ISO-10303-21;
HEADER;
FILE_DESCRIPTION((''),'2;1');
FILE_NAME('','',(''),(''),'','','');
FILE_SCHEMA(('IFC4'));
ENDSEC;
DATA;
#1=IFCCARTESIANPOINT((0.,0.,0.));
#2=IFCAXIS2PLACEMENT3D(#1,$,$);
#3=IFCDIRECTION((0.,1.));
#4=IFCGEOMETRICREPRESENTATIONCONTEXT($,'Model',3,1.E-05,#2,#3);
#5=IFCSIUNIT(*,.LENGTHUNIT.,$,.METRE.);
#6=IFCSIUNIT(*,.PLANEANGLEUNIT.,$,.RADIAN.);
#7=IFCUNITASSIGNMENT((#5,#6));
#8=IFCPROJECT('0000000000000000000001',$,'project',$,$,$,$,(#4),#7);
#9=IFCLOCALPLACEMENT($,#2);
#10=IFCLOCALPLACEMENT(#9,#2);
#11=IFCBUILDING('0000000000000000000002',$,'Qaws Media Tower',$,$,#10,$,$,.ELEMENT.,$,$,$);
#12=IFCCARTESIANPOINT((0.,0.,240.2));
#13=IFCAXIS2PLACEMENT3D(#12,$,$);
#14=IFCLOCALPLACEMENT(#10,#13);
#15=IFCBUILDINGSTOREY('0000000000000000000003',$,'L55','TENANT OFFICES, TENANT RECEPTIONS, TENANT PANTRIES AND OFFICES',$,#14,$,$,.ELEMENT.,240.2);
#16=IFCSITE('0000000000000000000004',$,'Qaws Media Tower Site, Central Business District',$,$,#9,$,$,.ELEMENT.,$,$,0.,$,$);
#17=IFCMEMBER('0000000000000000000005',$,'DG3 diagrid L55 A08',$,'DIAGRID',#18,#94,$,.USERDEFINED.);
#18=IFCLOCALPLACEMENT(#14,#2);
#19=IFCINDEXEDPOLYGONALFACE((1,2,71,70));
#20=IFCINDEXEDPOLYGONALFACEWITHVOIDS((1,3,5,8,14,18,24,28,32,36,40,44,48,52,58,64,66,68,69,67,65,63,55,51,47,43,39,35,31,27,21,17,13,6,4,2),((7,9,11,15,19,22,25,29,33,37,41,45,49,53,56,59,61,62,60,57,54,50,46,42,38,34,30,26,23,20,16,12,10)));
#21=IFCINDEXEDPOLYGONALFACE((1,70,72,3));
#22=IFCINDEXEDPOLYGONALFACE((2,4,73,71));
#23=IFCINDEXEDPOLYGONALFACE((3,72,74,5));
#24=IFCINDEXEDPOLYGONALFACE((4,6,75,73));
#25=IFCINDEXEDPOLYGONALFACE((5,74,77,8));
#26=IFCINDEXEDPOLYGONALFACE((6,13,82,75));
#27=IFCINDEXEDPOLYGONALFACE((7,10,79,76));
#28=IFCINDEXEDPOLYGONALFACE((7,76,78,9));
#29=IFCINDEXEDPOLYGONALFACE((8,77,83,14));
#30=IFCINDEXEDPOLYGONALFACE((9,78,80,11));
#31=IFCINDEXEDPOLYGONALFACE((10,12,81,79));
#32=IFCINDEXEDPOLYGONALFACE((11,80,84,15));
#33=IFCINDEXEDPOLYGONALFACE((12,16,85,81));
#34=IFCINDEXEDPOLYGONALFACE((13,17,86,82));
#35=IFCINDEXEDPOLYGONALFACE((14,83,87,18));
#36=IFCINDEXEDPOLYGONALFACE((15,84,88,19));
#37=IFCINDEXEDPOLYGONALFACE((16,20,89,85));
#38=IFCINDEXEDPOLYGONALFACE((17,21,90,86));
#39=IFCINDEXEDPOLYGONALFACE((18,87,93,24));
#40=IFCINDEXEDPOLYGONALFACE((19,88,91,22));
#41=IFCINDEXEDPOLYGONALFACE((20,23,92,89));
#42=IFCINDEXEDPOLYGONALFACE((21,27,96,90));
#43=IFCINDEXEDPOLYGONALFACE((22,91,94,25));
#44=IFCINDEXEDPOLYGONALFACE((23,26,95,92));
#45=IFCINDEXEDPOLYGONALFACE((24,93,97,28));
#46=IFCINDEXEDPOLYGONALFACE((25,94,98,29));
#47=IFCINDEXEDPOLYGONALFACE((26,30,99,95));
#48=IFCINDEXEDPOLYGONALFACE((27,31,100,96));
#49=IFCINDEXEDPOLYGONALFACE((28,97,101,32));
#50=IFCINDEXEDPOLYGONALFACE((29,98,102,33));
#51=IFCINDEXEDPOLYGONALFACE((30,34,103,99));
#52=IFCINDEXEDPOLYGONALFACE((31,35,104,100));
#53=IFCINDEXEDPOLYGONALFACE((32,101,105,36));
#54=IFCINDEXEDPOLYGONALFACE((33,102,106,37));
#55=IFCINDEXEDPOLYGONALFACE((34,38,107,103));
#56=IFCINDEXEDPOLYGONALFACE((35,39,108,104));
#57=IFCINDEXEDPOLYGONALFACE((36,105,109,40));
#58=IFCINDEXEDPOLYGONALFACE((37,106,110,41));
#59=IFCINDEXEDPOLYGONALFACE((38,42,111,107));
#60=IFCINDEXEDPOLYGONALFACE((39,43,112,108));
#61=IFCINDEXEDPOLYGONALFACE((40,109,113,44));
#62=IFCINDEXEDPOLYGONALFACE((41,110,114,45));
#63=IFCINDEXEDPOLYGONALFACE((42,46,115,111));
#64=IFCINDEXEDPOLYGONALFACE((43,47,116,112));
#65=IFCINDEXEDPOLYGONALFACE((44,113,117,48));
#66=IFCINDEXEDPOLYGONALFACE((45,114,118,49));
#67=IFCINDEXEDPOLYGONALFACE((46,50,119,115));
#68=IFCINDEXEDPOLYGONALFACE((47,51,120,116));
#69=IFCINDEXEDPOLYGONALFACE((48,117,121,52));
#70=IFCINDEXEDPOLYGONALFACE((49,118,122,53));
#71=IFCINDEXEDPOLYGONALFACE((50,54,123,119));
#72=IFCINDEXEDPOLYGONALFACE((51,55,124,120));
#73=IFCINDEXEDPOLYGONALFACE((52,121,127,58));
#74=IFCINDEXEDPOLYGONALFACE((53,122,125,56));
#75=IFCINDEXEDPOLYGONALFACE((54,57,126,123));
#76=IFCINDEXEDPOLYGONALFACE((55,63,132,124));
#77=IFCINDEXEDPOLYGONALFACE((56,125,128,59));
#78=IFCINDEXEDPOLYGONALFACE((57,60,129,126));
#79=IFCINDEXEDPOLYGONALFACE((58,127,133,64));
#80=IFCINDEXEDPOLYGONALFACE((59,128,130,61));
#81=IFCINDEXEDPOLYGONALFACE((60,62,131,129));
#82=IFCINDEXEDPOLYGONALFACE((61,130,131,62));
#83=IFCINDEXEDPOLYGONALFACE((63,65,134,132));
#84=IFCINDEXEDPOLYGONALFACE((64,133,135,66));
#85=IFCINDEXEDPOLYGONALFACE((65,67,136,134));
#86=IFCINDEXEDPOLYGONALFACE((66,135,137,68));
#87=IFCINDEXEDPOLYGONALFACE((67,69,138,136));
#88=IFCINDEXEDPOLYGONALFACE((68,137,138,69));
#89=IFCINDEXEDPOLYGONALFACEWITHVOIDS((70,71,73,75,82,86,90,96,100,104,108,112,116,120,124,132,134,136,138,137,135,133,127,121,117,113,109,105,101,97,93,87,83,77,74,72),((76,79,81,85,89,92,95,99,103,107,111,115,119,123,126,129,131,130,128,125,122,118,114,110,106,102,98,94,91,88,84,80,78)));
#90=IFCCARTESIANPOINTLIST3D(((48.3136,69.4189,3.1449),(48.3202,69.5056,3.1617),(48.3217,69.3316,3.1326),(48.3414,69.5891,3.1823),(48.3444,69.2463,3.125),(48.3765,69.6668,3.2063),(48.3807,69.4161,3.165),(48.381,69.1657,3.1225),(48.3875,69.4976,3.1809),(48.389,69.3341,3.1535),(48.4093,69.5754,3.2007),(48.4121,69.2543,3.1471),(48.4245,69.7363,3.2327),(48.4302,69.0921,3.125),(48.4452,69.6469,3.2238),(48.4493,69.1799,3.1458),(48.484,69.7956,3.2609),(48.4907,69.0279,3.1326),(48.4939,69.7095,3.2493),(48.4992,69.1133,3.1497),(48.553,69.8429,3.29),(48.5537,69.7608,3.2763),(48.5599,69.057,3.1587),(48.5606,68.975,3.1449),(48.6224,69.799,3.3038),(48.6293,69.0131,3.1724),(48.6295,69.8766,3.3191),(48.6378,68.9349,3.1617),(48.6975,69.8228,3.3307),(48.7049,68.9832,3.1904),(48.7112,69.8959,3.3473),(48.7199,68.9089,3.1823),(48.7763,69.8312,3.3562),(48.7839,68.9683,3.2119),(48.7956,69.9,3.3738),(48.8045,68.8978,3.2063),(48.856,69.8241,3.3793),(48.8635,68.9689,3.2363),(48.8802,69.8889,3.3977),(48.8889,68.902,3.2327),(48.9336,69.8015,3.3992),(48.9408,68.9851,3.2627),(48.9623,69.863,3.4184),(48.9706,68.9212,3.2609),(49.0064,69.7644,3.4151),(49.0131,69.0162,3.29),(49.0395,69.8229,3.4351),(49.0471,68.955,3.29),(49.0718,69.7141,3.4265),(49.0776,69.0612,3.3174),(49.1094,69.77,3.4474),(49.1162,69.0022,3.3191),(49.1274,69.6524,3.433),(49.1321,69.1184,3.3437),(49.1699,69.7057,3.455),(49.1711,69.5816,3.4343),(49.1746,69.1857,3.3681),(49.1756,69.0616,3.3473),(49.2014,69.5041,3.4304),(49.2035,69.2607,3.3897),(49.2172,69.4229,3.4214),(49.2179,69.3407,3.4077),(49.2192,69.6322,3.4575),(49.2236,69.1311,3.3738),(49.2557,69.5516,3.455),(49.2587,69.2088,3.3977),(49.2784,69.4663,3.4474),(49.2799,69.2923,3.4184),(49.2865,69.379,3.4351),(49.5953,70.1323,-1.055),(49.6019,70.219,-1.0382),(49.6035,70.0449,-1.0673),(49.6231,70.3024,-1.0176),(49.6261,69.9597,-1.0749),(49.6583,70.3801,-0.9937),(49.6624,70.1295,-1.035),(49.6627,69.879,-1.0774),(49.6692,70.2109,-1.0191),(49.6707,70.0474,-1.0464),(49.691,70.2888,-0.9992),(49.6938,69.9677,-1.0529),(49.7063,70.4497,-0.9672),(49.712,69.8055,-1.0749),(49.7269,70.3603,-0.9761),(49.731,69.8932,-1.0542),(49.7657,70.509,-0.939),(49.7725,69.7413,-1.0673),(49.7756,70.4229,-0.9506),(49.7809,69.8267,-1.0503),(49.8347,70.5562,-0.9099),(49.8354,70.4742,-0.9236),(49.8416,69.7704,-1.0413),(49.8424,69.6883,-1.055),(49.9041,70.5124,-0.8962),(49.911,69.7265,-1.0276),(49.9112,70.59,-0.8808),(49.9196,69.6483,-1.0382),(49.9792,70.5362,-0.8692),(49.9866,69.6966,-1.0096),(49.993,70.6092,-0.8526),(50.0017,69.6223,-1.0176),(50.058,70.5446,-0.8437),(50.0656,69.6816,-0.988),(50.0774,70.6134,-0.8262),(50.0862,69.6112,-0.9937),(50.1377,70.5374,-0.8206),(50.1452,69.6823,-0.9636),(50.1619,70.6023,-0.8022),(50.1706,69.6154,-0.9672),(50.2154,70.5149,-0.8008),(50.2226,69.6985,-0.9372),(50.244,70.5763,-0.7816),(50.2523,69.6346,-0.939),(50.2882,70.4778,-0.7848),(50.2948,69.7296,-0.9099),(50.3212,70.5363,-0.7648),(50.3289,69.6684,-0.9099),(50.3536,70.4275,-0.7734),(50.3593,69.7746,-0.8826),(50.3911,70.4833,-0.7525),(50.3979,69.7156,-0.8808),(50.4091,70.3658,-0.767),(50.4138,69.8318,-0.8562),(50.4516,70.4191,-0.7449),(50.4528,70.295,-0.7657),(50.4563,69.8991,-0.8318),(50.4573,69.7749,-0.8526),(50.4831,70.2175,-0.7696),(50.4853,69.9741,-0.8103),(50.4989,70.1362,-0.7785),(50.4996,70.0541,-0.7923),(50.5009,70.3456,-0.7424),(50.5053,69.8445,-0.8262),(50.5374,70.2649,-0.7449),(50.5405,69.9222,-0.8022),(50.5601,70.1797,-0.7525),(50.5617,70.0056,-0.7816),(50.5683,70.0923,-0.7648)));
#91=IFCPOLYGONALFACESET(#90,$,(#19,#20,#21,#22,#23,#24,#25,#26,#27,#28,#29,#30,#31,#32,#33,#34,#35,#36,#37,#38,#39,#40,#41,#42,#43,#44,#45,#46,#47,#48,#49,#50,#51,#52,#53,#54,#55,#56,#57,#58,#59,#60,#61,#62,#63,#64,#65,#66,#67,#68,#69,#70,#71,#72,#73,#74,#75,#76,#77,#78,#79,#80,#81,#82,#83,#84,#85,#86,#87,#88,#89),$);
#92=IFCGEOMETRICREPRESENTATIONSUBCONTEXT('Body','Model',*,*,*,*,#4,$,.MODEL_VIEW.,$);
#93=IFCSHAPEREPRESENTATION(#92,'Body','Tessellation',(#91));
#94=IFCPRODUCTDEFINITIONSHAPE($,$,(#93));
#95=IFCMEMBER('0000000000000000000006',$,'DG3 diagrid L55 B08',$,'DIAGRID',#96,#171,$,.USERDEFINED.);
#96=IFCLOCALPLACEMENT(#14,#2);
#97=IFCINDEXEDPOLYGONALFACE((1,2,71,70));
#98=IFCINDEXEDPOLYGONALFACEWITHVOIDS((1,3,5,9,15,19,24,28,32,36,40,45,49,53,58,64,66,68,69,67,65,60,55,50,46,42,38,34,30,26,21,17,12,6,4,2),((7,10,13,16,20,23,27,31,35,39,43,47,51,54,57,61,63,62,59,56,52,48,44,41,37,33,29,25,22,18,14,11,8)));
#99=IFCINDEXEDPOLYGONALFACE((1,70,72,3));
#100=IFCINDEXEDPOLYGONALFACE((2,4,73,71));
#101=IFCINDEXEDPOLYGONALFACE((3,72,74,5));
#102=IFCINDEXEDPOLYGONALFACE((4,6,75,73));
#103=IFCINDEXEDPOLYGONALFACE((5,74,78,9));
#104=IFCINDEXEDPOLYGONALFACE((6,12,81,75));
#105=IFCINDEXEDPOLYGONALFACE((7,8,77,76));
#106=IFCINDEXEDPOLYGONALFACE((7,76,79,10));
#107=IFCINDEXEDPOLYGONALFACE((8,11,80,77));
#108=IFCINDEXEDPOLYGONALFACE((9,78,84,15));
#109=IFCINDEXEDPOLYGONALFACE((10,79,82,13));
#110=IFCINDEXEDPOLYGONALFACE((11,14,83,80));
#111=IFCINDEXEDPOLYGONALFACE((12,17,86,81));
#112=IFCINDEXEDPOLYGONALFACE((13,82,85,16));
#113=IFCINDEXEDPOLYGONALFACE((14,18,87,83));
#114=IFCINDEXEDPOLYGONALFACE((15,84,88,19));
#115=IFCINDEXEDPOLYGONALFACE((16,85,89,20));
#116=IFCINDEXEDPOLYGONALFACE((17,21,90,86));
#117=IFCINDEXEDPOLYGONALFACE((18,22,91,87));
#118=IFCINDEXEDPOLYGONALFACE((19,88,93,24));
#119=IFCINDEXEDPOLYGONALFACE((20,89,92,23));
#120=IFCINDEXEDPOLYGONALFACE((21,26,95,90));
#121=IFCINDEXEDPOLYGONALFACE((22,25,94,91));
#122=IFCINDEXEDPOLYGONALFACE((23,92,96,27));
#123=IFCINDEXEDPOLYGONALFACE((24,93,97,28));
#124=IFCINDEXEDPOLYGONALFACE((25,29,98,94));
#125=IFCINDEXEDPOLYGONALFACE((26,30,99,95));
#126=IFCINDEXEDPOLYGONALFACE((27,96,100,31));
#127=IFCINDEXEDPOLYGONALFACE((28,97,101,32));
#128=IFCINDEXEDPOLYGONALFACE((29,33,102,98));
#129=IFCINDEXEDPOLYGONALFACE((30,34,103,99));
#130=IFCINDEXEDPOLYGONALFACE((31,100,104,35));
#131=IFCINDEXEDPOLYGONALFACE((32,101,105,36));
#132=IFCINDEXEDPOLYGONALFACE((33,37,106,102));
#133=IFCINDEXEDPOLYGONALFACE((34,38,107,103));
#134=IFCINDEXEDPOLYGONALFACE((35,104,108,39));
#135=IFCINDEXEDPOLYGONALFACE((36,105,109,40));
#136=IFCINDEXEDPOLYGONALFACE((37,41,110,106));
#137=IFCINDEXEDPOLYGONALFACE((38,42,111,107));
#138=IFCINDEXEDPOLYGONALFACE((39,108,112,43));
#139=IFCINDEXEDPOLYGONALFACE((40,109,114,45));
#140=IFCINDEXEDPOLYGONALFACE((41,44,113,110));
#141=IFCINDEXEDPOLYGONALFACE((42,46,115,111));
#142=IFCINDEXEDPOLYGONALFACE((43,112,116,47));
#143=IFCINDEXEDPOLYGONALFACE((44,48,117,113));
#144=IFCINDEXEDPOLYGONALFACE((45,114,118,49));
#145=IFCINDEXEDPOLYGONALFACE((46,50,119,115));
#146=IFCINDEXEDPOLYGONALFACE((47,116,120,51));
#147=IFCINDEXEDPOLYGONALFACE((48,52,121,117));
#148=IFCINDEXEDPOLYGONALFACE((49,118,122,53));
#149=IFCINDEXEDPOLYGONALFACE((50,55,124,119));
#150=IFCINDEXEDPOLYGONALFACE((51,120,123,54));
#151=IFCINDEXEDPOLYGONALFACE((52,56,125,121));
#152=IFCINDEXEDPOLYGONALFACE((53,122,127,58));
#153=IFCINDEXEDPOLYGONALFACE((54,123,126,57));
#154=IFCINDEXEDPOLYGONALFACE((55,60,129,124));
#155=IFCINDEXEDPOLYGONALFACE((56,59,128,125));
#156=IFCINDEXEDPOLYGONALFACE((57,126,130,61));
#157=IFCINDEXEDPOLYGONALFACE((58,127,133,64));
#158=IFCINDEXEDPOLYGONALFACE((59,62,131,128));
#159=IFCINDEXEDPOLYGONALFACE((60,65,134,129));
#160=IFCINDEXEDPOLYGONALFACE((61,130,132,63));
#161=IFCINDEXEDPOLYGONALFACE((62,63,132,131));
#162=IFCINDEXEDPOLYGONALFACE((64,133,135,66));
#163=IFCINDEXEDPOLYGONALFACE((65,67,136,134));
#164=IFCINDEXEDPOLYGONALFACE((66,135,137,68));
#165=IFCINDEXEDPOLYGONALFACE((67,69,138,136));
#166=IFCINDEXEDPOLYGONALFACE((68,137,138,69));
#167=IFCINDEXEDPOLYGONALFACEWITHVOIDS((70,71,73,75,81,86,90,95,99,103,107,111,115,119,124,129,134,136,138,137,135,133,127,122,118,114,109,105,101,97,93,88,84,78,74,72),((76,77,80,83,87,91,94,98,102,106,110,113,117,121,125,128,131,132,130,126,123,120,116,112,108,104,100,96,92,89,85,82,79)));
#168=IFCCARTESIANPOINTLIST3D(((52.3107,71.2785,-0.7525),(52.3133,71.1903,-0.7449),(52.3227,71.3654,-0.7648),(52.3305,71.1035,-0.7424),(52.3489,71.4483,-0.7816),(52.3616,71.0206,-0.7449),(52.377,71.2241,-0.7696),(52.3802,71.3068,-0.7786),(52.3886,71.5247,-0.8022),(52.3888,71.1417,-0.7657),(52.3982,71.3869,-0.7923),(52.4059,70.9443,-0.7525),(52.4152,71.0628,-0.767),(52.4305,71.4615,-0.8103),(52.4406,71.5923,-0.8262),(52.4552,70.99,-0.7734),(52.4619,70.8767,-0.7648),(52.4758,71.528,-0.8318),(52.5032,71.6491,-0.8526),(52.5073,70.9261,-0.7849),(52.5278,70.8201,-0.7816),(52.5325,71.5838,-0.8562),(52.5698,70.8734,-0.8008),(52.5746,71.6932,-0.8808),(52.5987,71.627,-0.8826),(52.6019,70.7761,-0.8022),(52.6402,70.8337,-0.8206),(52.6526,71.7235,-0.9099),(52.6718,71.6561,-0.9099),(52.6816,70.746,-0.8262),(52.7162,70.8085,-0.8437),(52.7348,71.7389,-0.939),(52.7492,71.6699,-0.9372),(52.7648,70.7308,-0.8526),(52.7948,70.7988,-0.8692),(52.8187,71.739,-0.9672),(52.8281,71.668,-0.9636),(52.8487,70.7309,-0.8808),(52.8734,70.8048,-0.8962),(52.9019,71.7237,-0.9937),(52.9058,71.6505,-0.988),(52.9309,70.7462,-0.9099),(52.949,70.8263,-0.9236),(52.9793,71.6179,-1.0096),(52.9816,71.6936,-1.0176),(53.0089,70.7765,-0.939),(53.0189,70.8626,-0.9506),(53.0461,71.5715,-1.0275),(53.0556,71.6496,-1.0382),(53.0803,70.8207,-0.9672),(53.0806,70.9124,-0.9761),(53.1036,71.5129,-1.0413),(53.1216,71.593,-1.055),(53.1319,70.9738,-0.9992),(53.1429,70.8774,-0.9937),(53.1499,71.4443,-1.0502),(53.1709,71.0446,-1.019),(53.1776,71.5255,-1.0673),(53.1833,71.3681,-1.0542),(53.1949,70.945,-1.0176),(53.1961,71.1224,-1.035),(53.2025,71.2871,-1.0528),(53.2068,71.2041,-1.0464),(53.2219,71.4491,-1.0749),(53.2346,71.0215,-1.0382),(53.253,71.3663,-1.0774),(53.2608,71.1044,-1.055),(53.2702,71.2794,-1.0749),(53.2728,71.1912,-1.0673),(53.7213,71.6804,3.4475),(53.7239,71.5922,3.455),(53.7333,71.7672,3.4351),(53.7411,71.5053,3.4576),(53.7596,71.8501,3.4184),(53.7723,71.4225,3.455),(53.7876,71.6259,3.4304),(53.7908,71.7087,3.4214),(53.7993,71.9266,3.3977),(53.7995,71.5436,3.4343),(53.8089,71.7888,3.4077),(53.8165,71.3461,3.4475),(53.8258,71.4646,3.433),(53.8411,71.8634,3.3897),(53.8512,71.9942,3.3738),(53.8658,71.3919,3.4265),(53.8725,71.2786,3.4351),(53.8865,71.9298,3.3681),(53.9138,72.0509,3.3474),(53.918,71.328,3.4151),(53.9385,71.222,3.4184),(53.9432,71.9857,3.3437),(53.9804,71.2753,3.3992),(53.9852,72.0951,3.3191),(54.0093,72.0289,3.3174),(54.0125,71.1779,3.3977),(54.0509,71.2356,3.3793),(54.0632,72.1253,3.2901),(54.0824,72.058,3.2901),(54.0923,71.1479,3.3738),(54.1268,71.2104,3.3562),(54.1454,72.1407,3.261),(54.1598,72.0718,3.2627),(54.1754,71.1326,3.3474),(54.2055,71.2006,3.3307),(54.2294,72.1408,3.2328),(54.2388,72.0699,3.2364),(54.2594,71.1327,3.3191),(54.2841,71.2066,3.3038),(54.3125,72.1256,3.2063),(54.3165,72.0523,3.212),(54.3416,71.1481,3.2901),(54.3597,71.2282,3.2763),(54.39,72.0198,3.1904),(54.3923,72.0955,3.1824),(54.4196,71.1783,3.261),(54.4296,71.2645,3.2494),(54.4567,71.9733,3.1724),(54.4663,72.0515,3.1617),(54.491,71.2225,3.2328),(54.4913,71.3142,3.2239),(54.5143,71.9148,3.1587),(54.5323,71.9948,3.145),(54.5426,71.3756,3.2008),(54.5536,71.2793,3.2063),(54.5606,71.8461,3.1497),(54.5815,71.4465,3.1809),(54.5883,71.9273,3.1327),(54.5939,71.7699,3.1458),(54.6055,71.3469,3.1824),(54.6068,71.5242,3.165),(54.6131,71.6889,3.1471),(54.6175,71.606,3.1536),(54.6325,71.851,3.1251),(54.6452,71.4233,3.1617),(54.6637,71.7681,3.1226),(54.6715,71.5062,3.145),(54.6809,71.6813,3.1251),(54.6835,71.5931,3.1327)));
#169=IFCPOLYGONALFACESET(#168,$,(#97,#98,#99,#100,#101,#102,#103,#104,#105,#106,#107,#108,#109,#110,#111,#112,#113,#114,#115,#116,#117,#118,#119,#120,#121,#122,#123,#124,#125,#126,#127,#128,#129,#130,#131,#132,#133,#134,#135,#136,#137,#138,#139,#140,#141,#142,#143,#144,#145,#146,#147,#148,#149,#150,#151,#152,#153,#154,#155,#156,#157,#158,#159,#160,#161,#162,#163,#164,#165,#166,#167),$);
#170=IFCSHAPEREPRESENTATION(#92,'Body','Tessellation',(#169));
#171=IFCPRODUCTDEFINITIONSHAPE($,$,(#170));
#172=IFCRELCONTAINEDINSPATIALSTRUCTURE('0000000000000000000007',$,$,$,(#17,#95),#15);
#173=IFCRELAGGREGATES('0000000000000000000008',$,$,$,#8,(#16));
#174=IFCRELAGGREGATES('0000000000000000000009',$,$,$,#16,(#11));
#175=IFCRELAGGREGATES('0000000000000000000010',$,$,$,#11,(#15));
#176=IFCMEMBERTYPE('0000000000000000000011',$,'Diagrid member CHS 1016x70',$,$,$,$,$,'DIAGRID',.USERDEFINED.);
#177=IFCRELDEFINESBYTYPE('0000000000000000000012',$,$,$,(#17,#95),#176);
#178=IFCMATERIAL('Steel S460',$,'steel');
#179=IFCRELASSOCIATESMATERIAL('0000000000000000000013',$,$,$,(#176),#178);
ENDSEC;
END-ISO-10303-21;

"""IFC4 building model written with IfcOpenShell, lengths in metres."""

from ifc_helpers import new_model, si_unit, direction, frame, origin, origin_2d, place, context, subcontext, project, spatial, hollow_circle, extrude, material, material_profile, profile_set, type_object, element, save


model = new_model("IFC4")

# Units and contexts
model_context = context("Model", 3, precision=1e-05, world=origin(), true_north=direction((0.0, 1.0)))
body_context = subcontext(model_context, "Body", "Model", "MODEL_VIEW")
ifc_project = project(units=[si_unit("LENGTHUNIT", "METRE"), si_unit("PLANEANGLEUNIT", "RADIAN")], contexts=[model_context])

# Site, building, storey
site_placement = place(None, origin())
site = spatial("IfcSite", under=ifc_project, at=site_placement, Name="Qaws Media Tower Site, Central Business District", CompositionType="ELEMENT", RefElevation=0.0)
building_placement = place(site_placement, origin())
building = spatial("IfcBuilding", under=site, at=building_placement, Name="Qaws Media Tower", CompositionType="ELEMENT")
storey_placement = place(building_placement, frame((0.0, 0.0, 240.2)))
storey = spatial("IfcBuildingStorey", under=building, at=storey_placement, Name="L55", Description="TENANT OFFICES, TENANT RECEPTIONS, TENANT PANTRIES AND OFFICES", CompositionType="ELEMENT", Elevation=240.2)

# Members
ifc_material_1 = material(Name="Steel S460", Category="steel")
ifc_material_profile_1 = material_profile(ifc_material_1, hollow_circle(Radius=0.5081, WallThickness=0.0701, at=origin_2d()), Name="CHS 1016x70")
ifc_profile_set_1 = profile_set([ifc_material_profile_1], Name="Steel S460")
member_type_1 = type_object("IfcMemberType", Name="Diagrid member CHS 1016x70", ElementType="DIAGRID", PredefinedType="USERDEFINED", material=ifc_profile_set_1)
for number, where, z_axis, x_axis, name in (
    (1, (50.0818, 70.1123, -0.9099), (-0.288112, -0.160355, 0.944075), (0.486321, -0.87378, 0.0), "DG3 diagrid L55 A08"),
    (2, (52.7917, 71.2349, -0.9099), (0.317091, 0.090331, 0.944084), (-0.273974, 0.961737, 0.0), "DG3 diagrid L55 B08"),
):
    element("IfcMember", number, at=place(storey_placement, frame(where, z_axis=z_axis, x_axis=x_axis)), inside=storey, type_object=member_type_1, Name=name, ObjectType="DIAGRID", PredefinedType="USERDEFINED", context=body_context, shape_type="SweptSolid", body=[
        extrude(hollow_circle(Radius=0.5081, WallThickness=0.0701, at=origin_2d()), origin(), (0.0, 0.0, 1.0), 4.4487),
    ])

save(model, "model.ifc")
